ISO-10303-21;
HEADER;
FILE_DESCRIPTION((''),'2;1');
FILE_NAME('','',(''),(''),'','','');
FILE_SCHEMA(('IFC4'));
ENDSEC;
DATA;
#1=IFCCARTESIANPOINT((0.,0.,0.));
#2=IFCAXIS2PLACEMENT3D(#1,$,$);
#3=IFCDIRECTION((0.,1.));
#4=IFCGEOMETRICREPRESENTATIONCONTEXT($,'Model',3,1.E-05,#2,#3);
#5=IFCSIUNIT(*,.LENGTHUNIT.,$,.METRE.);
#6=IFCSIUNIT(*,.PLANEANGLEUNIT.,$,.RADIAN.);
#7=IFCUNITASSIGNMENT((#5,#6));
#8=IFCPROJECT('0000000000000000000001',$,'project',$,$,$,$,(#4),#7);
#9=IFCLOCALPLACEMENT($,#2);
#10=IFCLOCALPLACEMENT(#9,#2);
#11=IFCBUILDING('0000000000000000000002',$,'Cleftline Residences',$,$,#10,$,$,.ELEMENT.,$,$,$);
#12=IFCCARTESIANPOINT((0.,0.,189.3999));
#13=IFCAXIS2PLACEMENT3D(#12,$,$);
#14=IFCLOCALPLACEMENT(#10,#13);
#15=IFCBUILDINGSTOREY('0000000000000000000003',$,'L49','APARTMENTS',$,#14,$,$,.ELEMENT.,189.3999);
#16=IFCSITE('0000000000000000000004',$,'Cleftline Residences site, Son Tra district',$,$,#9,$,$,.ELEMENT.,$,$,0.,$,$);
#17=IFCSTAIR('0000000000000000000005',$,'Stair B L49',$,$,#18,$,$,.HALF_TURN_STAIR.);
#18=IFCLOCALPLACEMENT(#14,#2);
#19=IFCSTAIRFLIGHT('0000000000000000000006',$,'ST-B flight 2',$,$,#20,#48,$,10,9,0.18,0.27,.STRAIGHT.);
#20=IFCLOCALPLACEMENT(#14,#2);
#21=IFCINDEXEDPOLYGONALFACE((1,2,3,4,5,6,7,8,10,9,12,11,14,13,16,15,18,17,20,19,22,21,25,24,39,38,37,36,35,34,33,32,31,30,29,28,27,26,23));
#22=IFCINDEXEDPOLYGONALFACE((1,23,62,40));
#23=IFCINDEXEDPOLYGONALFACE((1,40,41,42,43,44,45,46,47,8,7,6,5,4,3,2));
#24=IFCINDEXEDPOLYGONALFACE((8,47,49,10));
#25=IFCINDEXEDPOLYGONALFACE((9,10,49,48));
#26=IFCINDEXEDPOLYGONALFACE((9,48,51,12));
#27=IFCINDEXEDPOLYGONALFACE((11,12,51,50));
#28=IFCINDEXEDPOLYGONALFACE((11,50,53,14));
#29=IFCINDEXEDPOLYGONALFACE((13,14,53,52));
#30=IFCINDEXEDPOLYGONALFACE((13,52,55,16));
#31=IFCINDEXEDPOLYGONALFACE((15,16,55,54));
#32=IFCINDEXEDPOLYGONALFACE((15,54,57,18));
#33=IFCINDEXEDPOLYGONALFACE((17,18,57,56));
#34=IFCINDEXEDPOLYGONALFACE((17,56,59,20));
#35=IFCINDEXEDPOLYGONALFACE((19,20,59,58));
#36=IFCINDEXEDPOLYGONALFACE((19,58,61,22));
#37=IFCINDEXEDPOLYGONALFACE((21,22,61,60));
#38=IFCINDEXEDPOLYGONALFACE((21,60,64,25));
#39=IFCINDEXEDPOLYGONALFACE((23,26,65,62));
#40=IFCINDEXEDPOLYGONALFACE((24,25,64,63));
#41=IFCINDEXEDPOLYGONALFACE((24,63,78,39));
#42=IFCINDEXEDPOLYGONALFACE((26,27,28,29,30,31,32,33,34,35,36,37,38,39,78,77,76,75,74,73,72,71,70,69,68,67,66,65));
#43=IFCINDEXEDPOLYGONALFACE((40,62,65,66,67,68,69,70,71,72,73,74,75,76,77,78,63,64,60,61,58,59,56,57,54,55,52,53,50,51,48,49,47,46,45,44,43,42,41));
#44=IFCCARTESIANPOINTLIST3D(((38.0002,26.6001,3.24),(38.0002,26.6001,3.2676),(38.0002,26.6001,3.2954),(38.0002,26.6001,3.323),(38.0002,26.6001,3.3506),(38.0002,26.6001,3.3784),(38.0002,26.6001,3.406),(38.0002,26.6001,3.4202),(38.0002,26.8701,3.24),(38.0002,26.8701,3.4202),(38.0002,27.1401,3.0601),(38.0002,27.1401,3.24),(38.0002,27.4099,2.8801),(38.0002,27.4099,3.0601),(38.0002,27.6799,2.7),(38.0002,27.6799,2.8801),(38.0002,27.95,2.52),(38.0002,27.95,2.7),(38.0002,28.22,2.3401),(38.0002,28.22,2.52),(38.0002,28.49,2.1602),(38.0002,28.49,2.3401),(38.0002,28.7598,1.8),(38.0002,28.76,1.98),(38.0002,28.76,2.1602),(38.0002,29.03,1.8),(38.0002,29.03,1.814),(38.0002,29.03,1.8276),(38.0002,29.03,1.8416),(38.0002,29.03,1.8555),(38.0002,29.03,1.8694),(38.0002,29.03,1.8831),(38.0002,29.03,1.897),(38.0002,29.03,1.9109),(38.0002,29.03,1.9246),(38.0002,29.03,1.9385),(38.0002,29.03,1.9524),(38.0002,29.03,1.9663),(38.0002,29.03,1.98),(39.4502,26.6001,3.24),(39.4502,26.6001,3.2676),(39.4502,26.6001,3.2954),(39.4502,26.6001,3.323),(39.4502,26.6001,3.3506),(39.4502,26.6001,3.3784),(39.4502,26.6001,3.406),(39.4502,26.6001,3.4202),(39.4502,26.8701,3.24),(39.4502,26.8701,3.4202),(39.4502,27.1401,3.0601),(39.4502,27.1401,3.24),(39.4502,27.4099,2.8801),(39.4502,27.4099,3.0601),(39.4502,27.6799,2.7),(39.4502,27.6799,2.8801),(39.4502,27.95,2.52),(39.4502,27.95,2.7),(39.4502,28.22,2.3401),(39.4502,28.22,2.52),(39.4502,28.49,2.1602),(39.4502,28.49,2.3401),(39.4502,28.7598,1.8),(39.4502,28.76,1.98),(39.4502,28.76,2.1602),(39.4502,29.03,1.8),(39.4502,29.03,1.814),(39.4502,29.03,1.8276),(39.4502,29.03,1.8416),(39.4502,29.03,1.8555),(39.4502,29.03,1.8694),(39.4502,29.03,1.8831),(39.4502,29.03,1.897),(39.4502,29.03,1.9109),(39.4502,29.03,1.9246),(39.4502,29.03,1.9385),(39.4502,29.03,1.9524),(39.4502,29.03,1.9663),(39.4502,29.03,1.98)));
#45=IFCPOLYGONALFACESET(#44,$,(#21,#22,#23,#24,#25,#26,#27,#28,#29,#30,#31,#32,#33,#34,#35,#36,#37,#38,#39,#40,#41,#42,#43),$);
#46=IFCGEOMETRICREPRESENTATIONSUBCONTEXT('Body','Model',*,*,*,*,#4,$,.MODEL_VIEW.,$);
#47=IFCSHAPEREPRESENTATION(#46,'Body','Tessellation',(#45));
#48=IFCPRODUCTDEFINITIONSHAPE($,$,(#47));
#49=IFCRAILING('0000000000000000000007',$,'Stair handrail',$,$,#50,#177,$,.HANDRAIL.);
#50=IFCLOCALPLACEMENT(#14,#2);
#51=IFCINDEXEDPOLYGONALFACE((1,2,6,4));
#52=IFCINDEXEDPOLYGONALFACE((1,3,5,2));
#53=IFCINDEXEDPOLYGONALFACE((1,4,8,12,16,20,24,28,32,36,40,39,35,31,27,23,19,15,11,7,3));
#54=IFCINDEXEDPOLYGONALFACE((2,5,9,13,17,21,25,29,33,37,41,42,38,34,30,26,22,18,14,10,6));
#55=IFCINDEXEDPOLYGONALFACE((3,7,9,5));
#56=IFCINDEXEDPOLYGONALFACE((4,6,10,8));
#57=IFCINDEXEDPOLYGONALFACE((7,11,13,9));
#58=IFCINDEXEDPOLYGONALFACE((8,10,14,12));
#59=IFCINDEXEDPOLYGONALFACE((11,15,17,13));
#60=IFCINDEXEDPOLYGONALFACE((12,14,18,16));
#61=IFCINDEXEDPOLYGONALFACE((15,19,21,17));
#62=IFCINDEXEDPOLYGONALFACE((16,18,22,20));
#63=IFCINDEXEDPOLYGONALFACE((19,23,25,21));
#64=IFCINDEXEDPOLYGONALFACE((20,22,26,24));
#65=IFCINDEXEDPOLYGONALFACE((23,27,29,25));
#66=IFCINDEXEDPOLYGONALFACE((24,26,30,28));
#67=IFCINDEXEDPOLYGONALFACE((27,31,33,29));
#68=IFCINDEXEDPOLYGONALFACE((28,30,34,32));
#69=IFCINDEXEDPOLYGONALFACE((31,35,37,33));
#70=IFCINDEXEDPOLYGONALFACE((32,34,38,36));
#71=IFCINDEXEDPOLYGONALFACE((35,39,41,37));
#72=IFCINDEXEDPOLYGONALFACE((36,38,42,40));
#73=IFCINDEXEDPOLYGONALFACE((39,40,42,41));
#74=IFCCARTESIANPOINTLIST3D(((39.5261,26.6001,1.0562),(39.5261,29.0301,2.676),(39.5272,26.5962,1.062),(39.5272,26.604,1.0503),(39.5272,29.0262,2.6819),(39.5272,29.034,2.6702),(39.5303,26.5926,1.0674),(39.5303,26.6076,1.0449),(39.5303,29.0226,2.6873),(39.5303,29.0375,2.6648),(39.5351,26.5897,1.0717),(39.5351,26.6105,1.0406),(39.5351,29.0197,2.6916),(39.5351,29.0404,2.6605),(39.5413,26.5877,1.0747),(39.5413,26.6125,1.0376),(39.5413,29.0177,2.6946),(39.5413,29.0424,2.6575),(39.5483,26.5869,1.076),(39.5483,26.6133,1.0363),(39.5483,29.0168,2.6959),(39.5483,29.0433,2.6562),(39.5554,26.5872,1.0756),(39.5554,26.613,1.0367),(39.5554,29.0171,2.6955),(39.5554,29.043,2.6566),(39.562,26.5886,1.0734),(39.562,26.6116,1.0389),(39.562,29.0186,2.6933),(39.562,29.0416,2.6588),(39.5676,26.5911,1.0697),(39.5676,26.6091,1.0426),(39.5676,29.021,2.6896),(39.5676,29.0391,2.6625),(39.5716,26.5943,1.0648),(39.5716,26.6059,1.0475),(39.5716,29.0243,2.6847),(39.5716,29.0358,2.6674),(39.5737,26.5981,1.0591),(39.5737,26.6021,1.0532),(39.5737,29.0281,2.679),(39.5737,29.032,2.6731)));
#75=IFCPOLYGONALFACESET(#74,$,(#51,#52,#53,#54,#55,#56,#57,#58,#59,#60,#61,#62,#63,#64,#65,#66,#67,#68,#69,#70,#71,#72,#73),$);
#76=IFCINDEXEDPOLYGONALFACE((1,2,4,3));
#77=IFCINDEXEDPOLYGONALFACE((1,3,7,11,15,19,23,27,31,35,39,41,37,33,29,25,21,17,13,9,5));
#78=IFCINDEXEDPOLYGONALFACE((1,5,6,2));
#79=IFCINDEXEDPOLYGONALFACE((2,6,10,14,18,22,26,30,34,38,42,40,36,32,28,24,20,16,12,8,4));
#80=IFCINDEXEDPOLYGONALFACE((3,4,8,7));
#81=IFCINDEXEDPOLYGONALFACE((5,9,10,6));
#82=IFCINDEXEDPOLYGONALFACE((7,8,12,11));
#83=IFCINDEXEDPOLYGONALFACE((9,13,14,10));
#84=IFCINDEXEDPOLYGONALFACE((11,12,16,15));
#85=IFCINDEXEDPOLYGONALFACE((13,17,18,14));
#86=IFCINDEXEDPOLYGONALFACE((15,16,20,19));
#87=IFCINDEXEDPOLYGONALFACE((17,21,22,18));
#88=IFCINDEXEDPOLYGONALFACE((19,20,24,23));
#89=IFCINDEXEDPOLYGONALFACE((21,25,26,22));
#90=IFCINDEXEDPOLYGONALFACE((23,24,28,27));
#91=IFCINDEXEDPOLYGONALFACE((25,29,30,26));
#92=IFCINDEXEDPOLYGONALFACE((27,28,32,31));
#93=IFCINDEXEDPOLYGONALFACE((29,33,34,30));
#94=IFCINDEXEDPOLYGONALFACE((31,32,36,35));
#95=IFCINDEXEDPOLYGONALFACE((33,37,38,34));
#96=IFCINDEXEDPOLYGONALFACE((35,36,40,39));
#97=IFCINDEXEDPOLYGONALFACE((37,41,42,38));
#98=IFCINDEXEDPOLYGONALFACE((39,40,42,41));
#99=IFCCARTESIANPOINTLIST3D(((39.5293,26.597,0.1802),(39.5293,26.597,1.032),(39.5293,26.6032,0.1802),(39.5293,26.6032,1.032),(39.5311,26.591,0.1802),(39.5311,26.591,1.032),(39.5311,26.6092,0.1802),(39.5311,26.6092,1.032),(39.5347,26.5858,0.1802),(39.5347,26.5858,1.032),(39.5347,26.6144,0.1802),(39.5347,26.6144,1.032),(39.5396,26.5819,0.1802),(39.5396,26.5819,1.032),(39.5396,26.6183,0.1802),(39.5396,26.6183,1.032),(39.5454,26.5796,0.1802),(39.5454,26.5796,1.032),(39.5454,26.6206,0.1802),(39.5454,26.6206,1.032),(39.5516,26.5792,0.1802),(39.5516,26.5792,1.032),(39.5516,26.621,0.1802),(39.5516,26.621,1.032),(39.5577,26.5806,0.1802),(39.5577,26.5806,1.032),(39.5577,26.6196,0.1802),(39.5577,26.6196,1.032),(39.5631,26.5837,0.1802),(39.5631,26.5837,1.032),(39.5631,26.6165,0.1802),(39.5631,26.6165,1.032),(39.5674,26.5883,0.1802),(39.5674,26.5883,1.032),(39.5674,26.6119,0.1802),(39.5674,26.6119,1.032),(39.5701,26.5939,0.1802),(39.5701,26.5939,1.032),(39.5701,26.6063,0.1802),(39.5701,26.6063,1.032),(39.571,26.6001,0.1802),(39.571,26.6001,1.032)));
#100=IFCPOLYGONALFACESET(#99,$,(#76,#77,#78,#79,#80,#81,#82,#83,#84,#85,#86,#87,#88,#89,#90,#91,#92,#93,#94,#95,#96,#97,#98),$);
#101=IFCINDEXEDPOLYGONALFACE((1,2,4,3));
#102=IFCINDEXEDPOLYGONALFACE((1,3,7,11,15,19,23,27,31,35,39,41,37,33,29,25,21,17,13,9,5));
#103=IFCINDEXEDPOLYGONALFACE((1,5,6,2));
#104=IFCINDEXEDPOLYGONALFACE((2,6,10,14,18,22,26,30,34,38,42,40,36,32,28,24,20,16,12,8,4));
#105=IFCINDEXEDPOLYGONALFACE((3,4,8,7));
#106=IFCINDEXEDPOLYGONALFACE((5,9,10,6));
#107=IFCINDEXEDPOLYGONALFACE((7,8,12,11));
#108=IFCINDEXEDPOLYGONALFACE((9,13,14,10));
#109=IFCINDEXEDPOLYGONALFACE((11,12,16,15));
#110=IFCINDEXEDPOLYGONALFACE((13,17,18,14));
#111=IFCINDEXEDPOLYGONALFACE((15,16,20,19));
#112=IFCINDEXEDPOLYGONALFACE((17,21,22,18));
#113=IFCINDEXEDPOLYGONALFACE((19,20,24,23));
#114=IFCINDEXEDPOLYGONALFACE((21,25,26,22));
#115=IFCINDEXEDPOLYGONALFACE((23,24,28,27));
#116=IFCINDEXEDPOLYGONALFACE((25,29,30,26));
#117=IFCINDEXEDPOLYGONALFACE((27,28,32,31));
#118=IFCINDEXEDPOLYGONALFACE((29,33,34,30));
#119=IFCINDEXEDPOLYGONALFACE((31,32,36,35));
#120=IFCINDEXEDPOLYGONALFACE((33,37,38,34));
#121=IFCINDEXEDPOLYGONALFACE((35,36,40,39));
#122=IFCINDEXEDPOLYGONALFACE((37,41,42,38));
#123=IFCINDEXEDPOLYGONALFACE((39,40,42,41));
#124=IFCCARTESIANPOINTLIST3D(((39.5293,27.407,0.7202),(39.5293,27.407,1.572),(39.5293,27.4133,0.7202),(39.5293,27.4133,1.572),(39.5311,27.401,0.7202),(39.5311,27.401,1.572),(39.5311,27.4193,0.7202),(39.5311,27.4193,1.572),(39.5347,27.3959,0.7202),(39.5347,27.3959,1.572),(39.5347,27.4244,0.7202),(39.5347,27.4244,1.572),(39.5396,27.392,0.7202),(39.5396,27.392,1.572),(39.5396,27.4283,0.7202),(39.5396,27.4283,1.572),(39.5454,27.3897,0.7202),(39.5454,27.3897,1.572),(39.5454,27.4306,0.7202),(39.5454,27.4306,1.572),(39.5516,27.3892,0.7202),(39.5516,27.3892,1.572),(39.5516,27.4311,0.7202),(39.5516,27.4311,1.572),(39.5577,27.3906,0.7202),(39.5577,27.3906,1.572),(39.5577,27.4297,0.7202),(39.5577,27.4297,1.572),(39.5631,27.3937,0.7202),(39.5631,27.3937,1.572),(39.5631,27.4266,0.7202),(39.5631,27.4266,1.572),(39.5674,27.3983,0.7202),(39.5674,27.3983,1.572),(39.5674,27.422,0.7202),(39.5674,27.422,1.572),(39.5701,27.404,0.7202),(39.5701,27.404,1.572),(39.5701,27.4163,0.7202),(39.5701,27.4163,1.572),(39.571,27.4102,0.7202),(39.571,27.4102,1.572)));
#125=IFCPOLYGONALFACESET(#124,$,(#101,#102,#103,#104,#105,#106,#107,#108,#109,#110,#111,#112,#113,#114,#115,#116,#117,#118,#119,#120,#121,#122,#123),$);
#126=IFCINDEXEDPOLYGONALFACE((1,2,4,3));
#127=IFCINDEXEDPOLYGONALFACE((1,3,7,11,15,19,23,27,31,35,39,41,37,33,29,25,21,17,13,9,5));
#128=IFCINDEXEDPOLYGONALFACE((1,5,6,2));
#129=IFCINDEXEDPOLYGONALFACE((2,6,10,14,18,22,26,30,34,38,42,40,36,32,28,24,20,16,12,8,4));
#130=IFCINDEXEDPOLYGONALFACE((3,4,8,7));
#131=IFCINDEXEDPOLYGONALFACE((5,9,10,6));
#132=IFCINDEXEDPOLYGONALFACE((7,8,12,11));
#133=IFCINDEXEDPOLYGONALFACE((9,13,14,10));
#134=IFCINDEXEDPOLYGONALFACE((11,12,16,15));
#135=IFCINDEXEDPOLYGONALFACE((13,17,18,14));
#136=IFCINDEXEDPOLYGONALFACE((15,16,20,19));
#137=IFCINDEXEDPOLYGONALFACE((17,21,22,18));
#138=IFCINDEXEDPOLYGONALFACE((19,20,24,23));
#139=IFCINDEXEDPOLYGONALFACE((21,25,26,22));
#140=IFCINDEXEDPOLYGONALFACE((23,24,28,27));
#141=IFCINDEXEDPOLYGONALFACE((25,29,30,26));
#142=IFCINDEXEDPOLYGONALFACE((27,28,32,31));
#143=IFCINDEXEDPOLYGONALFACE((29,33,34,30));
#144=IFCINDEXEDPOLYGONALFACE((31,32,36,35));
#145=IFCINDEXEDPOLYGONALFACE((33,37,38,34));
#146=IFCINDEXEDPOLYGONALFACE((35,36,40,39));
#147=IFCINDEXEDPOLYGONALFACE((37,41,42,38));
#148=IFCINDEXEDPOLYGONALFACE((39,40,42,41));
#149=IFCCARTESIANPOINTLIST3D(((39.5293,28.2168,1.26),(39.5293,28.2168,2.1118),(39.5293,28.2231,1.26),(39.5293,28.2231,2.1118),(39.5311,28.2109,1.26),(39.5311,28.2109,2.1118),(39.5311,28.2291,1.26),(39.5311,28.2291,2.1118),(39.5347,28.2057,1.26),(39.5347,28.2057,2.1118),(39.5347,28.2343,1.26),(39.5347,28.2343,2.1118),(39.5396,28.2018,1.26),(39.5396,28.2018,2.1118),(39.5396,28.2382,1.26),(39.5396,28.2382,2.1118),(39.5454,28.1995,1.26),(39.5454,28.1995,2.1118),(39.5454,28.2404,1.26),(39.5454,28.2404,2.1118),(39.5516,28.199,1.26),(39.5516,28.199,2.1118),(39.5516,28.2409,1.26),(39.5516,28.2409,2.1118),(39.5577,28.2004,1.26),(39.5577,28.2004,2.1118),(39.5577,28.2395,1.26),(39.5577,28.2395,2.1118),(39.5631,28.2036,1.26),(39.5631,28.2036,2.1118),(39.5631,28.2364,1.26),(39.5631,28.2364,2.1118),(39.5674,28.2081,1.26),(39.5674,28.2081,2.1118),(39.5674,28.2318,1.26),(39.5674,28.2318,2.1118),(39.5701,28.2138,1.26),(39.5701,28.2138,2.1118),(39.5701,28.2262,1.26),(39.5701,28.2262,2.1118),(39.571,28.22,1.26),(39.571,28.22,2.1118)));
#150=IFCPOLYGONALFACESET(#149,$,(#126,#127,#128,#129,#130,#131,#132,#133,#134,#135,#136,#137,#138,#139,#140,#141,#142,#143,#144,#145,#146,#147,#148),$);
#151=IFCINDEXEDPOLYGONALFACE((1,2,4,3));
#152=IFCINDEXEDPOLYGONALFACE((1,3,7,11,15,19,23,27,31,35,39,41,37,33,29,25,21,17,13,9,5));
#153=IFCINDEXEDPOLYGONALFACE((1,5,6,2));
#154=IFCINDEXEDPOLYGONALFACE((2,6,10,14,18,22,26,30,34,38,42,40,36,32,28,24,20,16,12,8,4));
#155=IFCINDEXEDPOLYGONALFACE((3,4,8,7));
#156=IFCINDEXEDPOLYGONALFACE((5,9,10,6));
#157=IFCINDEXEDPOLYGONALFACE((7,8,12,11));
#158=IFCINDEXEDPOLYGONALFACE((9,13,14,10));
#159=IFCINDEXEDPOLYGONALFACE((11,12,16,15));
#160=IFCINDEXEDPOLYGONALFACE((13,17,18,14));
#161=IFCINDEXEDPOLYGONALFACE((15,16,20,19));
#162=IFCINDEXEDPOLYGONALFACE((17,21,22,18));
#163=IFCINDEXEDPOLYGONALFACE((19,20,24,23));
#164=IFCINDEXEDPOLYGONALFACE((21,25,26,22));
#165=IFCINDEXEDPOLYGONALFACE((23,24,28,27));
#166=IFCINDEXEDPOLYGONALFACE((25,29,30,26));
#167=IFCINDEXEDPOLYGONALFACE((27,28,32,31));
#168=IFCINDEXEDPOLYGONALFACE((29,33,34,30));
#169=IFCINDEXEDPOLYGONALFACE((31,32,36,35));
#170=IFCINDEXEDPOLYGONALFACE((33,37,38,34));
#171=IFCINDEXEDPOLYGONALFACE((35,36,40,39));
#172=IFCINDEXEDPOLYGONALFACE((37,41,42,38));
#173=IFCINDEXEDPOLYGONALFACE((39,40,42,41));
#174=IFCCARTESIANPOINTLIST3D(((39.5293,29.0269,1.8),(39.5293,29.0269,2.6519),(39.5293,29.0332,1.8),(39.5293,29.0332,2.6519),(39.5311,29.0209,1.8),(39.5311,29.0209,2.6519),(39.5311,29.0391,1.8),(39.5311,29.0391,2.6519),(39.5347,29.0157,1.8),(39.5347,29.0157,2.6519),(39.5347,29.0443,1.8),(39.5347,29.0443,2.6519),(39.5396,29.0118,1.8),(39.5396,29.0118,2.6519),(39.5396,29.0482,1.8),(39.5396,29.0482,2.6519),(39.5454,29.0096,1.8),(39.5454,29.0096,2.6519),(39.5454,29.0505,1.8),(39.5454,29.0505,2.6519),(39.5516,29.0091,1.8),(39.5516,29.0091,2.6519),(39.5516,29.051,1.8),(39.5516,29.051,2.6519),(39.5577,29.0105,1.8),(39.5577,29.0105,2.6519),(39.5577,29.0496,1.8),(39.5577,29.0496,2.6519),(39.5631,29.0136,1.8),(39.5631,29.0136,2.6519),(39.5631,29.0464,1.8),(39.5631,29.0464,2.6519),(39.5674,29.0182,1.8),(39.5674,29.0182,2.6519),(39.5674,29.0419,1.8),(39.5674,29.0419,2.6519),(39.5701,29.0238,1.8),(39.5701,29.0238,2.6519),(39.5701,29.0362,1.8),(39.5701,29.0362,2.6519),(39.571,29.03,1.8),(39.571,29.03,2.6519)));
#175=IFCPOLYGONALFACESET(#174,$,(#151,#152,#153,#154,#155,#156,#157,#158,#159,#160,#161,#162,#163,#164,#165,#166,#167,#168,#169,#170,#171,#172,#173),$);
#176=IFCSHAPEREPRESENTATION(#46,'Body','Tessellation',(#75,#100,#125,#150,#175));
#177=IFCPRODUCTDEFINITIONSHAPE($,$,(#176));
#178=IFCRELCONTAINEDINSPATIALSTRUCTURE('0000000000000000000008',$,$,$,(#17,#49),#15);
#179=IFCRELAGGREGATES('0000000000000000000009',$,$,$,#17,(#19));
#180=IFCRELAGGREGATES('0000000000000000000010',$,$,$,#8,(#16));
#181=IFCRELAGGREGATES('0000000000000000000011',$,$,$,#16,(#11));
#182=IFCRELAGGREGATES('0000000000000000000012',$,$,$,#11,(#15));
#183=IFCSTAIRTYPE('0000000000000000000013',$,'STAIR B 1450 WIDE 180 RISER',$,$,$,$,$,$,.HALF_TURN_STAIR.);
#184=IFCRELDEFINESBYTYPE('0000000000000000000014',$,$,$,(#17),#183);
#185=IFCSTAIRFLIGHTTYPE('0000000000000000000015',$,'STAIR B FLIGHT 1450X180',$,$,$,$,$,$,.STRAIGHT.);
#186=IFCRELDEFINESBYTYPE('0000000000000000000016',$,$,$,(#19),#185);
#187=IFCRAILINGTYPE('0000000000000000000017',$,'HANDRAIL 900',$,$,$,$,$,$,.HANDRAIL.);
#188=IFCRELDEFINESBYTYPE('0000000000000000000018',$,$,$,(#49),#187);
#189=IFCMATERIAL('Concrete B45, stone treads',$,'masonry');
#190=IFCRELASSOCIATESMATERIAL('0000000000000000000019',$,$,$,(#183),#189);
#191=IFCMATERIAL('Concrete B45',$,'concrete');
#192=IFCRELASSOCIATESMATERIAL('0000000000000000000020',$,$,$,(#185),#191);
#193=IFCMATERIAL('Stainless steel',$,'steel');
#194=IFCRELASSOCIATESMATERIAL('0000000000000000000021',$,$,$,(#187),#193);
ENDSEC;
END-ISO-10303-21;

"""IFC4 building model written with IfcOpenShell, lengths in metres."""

from ifc_helpers import new_model, si_unit, direction, frame, origin, origin_2d, place, context, subcontext, project, spatial, polyline, circle, outline, extrude, material, type_object, element, aggregate, save


model = new_model("IFC4")

# Units and contexts
model_context = context("Model", 3, precision=1e-05, world=origin(), true_north=direction((0.0, 1.0)))
body_context = subcontext(model_context, "Body", "Model", "MODEL_VIEW")
ifc_project = project(units=[si_unit("LENGTHUNIT", "METRE"), si_unit("PLANEANGLEUNIT", "RADIAN")], contexts=[model_context])

# Site, building, storey
site_placement = place(None, origin())
site = spatial("IfcSite", under=ifc_project, at=site_placement, Name="Cleftline Residences site, Son Tra district", CompositionType="ELEMENT", RefElevation=0.0)
building_placement = place(site_placement, origin())
building = spatial("IfcBuilding", under=site, at=building_placement, Name="Cleftline Residences", CompositionType="ELEMENT")
storey_placement = place(building_placement, frame((0.0, 0.0, 189.3999)))
storey = spatial("IfcBuildingStorey", under=building, at=storey_placement, Name="L49", Description="APARTMENTS", CompositionType="ELEMENT", Elevation=189.3999)

# Stair, stair flight
ifc_material_1 = material(Name="Concrete B45, stone treads", Category="masonry")
stair_type = type_object("IfcStairType", Name="STAIR B 1450 WIDE 180 RISER", PredefinedType="HALF_TURN_STAIR", material=ifc_material_1)
stair_placement = place(storey_placement, origin())
stair = element("IfcStair", 1, at=stair_placement, inside=storey, type_object=stair_type, Name="Stair B L49", PredefinedType="HALF_TURN_STAIR")
ifc_material_2 = material(Name="Concrete B45", Category="concrete")
stair_flight_type = type_object("IfcStairFlightType", Name="STAIR B FLIGHT 1450X180", PredefinedType="STRAIGHT", material=ifc_material_2)
stair_flight_1_placement = place(storey_placement, frame((38.7251, 29.03, 1.8), z_axis=(0.0, 0.0, 1.0), x_axis=(0.0, -1.0, 0.0)))
stair_flight_1 = element("IfcStairFlight", 2, at=stair_flight_1_placement, type_object=stair_flight_type, Name="ST-B flight 2", NumberOfRisers=10, NumberOfTreads=9, PredefinedType="STRAIGHT", RiserHeight=0.18, TreadLength=0.27, context=body_context, shape_type="SweptSolid", body=[
    extrude(outline(polyline([(0.0, 0.0), (0.0, 0.0139), (0.0, 0.0276), (0.0, 0.0415), (0.0, 0.0554), (0.0, 0.0693), (0.0, 0.083), (0.0, 0.0969), (0.0, 0.1108), (0.0, 0.1245), (0.0, 0.1384), (0.0, 0.1523), (0.0, 0.1663), (0.0, 0.1799), (0.27, 0.1799), (0.27, 0.3601), (0.54, 0.3601), (0.54, 0.54), (0.8101, 0.54), (0.8101, 0.72), (1.0801, 0.72), (1.0801, 0.8999), (1.3501, 0.8999), (1.3501, 1.0801), (1.6201, 1.0801), (1.6201, 1.26), (1.8899, 1.26), (1.8899, 1.4399), (2.1599, 1.4399), (2.1599, 1.6201), (2.4299, 1.6201), (2.4299, 1.8), (2.4299, 1.7722), (2.4299, 1.7446), (2.4299, 1.7168), (2.4299, 1.6892), (2.4299, 1.6614), (2.4299, 1.6338), (2.4299, 1.606), (2.4299, 1.5784), (2.4299, 1.5505), (2.4299, 1.5229), (2.4299, 1.4954), (2.4299, 1.4675), (2.4299, 1.4399), (0.2703, 0.0), (0.0, 0.0)])), frame((0.0, 0.7251, 0.0), z_axis=(0.0, -1.0, 0.0), x_axis=(1.0, 0.0, 0.0)), (0.0, 0.0, 1.0), 1.45),
])
aggregate(stair, [stair_flight_1])

# Railing
ifc_material_3 = material(Name="Stainless steel", Category="steel")
railing_type = type_object("IfcRailingType", Name="HANDRAIL 900", PredefinedType="HANDRAIL", material=ifc_material_3)
railing_1_placement = place(storey_placement, frame((39.55, 26.6001, 0.1802)))
element("IfcRailing", 3, at=railing_1_placement, inside=storey, type_object=railing_type, Name="Stair handrail", PredefinedType="HANDRAIL", context=body_context, shape_type="SweptSolid", body=[
    extrude(circle(Radius=0.0239, at=origin_2d()), frame((0.0, 0.0, 0.876), z_axis=(0.0, 0.832063, 0.554681), x_axis=(-1.0, 0.0, 0.0)), (0.0, 0.0, 1.0), 2.9204),
    extrude(circle(Radius=0.021, at=origin_2d()), origin(), (0.0, 0.0, 1.0), 0.8518),
    extrude(circle(Radius=0.021, at=origin_2d()), frame((0.0, 0.8101, 0.54)), (0.0, 0.0, 1.0), 0.8518),
    extrude(circle(Radius=0.021, at=origin_2d()), frame((0.0, 1.6199, 1.0798)), (0.0, 0.0, 1.0), 0.8518),
    extrude(circle(Radius=0.021, at=origin_2d()), frame((0.0, 2.4299, 1.6199)), (0.0, 0.0, 1.0), 0.8518),
])

save(model, "model.ifc")
